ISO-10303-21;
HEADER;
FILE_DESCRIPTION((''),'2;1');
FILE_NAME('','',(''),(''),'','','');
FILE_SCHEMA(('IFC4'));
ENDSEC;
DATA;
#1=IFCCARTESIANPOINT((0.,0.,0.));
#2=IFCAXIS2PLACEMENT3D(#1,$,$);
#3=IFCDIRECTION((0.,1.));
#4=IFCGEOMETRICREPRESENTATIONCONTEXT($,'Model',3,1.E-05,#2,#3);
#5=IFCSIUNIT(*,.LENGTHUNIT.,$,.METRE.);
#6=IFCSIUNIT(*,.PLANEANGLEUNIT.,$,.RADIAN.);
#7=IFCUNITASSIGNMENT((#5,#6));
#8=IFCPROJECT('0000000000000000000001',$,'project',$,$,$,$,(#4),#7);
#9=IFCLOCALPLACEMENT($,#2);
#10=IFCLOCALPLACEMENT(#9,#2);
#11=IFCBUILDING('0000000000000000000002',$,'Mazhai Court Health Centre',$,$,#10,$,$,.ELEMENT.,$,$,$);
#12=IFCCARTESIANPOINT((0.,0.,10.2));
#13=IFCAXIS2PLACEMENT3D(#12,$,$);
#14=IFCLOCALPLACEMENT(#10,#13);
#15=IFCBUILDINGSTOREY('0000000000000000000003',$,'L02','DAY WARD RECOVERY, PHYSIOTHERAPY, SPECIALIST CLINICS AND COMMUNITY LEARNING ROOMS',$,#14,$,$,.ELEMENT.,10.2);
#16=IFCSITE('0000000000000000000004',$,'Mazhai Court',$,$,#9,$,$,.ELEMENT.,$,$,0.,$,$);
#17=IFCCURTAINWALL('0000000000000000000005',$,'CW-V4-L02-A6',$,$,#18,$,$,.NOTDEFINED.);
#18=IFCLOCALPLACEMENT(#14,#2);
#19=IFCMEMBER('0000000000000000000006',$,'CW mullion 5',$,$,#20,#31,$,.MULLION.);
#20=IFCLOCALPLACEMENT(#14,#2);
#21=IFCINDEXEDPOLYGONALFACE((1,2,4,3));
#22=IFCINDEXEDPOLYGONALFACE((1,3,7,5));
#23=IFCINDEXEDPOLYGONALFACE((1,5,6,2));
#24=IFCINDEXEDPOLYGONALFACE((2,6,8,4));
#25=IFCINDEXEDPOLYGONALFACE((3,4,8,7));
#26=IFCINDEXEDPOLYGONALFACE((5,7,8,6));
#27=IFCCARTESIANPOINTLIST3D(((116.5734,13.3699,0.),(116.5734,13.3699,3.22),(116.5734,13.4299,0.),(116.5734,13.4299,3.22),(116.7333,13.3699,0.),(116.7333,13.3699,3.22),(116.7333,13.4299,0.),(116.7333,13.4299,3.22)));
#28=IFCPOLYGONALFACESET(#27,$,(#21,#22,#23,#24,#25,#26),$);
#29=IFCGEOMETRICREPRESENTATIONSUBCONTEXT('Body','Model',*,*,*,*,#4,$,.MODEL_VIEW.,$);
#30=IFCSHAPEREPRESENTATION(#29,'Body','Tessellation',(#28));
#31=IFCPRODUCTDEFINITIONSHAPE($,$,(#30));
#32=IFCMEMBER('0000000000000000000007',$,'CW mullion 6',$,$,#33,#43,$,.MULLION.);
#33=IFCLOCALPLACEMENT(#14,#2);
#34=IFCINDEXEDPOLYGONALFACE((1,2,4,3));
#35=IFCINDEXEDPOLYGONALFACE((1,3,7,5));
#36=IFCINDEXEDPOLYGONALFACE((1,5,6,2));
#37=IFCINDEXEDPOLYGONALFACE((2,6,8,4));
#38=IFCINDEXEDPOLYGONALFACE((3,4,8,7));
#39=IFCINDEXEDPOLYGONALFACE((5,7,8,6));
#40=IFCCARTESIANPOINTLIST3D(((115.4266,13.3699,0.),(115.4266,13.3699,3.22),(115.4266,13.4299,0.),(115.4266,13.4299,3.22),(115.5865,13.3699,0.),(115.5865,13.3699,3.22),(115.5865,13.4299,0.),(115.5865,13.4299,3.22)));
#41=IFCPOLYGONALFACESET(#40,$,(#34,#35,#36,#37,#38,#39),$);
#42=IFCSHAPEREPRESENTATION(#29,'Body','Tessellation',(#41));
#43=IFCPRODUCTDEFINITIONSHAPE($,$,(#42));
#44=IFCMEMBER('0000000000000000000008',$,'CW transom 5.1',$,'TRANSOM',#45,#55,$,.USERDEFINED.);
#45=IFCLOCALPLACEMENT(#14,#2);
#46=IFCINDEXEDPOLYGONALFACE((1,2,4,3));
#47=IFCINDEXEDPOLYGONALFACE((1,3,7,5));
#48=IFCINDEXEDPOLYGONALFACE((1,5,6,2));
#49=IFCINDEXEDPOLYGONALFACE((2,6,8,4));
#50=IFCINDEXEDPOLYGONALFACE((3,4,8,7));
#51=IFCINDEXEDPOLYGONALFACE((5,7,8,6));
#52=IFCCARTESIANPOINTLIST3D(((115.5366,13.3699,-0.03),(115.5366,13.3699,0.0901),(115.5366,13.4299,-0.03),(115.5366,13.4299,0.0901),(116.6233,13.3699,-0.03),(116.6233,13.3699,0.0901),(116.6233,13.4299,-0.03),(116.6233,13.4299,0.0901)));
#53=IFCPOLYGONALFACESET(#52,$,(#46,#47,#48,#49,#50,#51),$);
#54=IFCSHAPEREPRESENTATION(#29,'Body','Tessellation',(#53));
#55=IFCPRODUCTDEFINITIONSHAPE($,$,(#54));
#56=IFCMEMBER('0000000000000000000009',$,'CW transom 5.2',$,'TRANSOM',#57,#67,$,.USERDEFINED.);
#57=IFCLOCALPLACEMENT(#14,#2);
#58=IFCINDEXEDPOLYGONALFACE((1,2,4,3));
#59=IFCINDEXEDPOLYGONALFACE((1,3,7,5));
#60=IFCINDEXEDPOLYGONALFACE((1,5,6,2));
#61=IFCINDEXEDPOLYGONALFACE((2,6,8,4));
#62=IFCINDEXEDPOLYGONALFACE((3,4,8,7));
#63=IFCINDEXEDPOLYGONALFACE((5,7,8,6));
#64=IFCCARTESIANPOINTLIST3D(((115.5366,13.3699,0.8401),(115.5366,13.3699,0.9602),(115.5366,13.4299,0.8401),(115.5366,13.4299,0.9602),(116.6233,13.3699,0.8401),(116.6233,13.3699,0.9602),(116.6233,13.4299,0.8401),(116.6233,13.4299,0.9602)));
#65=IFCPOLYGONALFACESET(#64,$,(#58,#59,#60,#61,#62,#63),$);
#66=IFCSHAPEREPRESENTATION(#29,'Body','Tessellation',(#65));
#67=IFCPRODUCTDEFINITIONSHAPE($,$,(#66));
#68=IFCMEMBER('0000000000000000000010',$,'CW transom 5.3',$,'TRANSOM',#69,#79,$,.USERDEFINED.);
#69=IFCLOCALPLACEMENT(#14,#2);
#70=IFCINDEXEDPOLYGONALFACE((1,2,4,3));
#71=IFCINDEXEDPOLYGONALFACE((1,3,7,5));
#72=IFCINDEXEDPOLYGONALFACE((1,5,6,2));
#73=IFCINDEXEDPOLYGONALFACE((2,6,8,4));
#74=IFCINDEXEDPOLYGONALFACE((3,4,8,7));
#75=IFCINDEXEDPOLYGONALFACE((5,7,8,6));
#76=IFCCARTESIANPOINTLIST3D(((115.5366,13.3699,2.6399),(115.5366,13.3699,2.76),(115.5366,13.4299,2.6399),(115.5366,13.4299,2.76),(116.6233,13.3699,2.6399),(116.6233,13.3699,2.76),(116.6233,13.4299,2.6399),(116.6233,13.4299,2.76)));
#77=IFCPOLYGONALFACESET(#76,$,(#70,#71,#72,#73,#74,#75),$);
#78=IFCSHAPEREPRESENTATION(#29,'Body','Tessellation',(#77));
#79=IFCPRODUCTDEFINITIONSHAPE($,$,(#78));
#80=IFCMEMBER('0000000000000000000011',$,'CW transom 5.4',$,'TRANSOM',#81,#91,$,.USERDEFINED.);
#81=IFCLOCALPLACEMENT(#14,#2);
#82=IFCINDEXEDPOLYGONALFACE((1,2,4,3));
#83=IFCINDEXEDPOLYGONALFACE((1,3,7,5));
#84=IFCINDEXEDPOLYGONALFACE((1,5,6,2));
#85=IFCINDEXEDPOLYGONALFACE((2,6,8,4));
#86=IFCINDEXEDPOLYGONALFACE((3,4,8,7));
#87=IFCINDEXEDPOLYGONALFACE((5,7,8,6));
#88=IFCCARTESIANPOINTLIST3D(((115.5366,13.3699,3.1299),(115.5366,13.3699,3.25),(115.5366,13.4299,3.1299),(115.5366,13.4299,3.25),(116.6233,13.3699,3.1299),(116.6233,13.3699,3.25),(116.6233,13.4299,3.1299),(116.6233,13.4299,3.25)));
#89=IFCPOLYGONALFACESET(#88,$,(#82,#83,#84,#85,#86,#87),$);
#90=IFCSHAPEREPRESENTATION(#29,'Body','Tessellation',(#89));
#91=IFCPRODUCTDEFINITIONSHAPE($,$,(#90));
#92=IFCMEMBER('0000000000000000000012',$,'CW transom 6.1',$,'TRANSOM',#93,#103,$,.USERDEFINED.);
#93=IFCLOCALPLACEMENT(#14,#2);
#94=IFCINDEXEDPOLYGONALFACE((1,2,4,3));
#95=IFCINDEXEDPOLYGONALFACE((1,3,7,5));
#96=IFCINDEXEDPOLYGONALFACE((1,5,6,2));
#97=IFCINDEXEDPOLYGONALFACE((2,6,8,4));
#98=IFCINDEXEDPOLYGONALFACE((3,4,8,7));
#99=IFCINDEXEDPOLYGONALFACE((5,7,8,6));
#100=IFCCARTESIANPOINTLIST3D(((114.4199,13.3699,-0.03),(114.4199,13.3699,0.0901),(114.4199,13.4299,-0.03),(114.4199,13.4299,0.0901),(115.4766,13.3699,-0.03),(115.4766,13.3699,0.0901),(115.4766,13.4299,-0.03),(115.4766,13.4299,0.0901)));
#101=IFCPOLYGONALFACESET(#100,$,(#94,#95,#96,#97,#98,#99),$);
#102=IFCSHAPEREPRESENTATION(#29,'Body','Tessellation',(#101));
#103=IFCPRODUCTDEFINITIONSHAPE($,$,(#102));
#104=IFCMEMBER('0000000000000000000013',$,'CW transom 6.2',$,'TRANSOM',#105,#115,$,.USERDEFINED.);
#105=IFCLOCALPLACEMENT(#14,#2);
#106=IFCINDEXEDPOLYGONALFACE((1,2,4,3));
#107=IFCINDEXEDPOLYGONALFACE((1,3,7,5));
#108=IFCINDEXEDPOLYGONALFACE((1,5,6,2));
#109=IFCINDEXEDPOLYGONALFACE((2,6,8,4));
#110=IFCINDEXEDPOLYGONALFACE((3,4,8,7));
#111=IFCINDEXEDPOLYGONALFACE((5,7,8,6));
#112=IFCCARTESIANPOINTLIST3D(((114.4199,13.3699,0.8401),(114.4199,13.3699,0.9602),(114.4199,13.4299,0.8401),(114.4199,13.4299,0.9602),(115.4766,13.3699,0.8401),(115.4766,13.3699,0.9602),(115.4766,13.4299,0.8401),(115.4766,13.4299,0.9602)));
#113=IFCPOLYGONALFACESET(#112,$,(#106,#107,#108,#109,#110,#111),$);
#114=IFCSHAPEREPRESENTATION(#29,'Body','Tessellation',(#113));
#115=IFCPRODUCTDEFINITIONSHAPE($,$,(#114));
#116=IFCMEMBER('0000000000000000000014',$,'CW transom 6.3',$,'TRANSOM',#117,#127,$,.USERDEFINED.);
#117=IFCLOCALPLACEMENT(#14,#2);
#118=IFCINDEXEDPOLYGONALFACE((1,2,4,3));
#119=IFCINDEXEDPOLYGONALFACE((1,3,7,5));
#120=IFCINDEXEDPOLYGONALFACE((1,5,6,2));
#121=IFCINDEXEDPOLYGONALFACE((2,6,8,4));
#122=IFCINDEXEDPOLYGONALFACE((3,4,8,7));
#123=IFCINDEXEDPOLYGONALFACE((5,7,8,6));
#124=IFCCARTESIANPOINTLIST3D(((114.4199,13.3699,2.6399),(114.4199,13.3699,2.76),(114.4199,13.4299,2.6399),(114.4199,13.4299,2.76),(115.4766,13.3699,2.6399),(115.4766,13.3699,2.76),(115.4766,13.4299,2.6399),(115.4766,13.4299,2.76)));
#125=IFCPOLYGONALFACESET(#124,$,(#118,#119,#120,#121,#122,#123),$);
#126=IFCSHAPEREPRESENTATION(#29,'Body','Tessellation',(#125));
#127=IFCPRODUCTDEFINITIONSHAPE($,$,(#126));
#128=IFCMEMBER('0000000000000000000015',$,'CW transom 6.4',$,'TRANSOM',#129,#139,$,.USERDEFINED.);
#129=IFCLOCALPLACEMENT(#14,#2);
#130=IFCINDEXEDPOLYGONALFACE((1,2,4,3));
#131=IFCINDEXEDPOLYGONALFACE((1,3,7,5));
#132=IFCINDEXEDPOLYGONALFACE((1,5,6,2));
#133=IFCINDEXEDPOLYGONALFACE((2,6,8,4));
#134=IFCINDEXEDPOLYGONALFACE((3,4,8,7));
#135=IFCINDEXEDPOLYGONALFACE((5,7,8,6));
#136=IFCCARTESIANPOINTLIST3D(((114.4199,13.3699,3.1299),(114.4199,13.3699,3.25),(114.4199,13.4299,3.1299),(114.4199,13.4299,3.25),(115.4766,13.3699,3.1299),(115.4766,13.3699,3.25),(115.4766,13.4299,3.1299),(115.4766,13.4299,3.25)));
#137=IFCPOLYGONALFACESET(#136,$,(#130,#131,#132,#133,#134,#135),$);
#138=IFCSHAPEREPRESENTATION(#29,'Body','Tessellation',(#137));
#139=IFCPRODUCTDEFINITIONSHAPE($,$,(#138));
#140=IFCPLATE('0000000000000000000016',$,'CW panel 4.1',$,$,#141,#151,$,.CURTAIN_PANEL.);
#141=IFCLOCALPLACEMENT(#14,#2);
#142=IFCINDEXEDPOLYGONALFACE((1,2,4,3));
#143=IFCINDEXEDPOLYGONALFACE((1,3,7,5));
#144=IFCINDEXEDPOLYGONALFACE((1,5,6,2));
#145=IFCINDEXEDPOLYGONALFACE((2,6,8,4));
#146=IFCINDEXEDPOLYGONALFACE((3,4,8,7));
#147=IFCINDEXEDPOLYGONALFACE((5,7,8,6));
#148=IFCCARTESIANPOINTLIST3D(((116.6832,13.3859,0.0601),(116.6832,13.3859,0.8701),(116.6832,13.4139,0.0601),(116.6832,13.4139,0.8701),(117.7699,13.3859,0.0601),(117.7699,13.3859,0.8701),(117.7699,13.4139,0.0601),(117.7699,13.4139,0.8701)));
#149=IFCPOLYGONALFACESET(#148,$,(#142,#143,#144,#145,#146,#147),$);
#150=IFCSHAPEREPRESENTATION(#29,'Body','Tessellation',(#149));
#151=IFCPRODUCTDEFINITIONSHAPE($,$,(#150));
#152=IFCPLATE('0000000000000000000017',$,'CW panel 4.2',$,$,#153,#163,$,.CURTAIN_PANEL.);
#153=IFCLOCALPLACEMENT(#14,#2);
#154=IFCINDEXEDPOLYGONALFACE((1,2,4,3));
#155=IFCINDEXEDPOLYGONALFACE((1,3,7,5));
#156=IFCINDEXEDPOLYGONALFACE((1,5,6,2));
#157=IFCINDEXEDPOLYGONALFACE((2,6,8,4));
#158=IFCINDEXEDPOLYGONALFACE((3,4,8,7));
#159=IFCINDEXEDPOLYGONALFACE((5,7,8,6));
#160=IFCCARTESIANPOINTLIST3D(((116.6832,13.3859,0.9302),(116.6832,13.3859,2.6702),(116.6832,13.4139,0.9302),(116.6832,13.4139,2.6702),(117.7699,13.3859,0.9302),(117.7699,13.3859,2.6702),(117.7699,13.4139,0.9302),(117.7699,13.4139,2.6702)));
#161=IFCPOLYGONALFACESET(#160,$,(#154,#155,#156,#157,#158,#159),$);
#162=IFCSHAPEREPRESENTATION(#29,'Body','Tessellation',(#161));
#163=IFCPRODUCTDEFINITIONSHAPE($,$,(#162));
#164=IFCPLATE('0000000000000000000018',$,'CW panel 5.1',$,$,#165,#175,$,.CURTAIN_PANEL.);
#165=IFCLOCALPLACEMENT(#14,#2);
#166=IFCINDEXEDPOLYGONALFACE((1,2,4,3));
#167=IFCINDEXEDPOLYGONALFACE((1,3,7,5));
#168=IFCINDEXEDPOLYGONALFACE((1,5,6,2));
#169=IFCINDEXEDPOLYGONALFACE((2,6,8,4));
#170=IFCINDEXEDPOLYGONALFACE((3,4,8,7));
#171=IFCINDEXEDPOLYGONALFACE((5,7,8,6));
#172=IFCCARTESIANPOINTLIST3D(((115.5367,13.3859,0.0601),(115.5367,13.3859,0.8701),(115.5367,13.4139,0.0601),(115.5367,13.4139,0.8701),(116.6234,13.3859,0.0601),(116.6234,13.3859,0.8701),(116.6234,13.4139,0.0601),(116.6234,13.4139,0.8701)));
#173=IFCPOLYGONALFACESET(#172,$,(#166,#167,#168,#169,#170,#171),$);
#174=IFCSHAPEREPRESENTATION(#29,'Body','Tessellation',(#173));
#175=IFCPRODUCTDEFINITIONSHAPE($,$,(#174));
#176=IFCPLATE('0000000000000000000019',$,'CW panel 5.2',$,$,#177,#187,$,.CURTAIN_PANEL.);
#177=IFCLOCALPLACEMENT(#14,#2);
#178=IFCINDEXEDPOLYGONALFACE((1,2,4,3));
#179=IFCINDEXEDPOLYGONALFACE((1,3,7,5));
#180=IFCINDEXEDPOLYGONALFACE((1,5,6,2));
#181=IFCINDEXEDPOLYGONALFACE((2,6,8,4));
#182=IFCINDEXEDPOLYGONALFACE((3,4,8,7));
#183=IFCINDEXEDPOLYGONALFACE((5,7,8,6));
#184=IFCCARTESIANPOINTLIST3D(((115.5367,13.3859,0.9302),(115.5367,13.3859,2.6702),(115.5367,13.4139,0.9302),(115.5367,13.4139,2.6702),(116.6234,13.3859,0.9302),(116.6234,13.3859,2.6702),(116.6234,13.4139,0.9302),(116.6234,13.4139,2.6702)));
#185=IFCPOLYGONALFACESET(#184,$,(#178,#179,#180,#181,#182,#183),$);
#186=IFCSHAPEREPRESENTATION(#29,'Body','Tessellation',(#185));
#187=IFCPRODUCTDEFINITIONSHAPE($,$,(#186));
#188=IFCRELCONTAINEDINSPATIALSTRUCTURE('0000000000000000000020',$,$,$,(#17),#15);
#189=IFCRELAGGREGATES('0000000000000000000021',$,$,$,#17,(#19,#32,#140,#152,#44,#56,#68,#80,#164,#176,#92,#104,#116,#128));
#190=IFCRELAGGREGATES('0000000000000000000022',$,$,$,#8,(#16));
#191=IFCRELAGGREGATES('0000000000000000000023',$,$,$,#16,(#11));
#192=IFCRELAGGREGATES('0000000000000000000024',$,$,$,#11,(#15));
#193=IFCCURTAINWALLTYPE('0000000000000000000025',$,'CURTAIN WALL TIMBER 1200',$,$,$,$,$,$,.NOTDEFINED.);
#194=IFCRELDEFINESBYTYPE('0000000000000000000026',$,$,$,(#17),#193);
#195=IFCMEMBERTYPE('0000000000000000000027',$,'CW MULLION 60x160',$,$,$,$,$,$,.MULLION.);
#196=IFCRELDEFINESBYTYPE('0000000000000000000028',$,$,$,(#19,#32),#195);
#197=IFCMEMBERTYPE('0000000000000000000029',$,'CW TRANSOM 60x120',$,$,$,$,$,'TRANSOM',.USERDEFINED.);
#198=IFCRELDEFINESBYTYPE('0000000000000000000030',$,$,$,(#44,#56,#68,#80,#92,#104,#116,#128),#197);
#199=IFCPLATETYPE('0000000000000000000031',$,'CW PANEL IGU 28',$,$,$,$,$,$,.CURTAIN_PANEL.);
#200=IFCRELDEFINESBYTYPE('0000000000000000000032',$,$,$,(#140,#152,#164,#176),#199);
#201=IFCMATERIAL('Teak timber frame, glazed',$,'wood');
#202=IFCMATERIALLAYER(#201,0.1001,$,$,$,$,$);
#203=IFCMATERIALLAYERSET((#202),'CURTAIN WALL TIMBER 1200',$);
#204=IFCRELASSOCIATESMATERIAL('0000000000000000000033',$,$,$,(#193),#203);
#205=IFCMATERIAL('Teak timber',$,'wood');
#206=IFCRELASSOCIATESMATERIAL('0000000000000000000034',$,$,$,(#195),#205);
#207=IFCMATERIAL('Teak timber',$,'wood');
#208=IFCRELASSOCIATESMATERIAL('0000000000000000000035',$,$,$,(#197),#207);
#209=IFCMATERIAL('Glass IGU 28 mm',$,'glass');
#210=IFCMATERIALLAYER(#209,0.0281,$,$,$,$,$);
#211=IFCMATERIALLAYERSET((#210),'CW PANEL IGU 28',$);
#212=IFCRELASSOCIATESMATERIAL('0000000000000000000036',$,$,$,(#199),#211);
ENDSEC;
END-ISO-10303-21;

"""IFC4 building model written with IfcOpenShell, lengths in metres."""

from ifc_helpers import new_model, si_unit, direction, frame, origin, origin_2d, place, context, subcontext, project, spatial, rectangle, extrude, material, layer, layer_set, material_profile, profile_set, type_object, element, aggregate, save


model = new_model("IFC4")

# Units and contexts
model_context = context("Model", 3, precision=1e-05, world=origin(), true_north=direction((0.0, 1.0)))
body_context = subcontext(model_context, "Body", "Model", "MODEL_VIEW")
ifc_project = project(units=[si_unit("LENGTHUNIT", "METRE"), si_unit("PLANEANGLEUNIT", "RADIAN")], contexts=[model_context])

# Site, building, storey
site_placement = place(None, origin())
site = spatial("IfcSite", under=ifc_project, at=site_placement, Name="Mazhai Court", CompositionType="ELEMENT", RefElevation=0.0)
building_placement = place(site_placement, origin())
building = spatial("IfcBuilding", under=site, at=building_placement, Name="Mazhai Court Health Centre", CompositionType="ELEMENT")
storey_placement = place(building_placement, frame((0.0, 0.0, 10.2)))
storey = spatial("IfcBuildingStorey", under=building, at=storey_placement, Name="L02", Description="DAY WARD RECOVERY, PHYSIOTHERAPY, SPECIALIST CLINICS AND COMMUNITY LEARNING ROOMS", CompositionType="ELEMENT", Elevation=10.2)

# Curtain wall, members, plates
ifc_material_1 = material(Name="Teak timber frame, glazed", Category="wood")
ifc_layer_1 = layer(ifc_material_1, 0.1001)
ifc_layer_set_1 = layer_set([ifc_layer_1], Name="CURTAIN WALL TIMBER 1200")
curtain_wall_type = type_object("IfcCurtainWallType", Name="CURTAIN WALL TIMBER 1200", PredefinedType="NOTDEFINED", material=ifc_layer_set_1)
curtain_wall_placement = place(storey_placement, origin())
curtain_wall = element("IfcCurtainWall", 1, at=curtain_wall_placement, inside=storey, type_object=curtain_wall_type, Name="CW-V4-L02-A6", PredefinedType="NOTDEFINED")
ifc_material_2 = material(Name="Teak timber", Category="wood")
ifc_material_profile_1 = material_profile(ifc_material_2, rectangle(XDim=0.0601, YDim=0.1599, at=origin_2d()), Name="CW MULLION 60x160")
ifc_profile_set_1 = profile_set([ifc_material_profile_1], Name="Teak timber")
member_type_1 = type_object("IfcMemberType", Name="CW MULLION 60x160", PredefinedType="MULLION", material=ifc_profile_set_1)
member_1_placement = place(storey_placement, frame((116.6533, 13.3999, 0.0), z_axis=(0.0, 0.0, 1.0), x_axis=(0.0, -1.0, 0.0)))
member_1 = element("IfcMember", 2, at=member_1_placement, type_object=member_type_1, Name="CW mullion 5", PredefinedType="MULLION", context=body_context, shape_type="SweptSolid", body=[
    extrude(rectangle(XDim=0.0601, YDim=0.1599, at=origin_2d()), origin(), (0.0, 0.0, 1.0), 3.22),
])
member_2_placement = place(storey_placement, frame((115.5066, 13.3999, 0.0), z_axis=(0.0, 0.0, 1.0), x_axis=(0.0, -1.0, 0.0)))
member_2 = element("IfcMember", 3, at=member_2_placement, type_object=member_type_1, Name="CW mullion 6", PredefinedType="MULLION", context=body_context, shape_type="SweptSolid", body=[
    extrude(rectangle(XDim=0.0601, YDim=0.1599, at=origin_2d()), origin(), (0.0, 0.0, 1.0), 3.22),
])
ifc_material_3 = material(Name="Teak timber", Category="wood")
ifc_material_profile_2 = material_profile(ifc_material_3, rectangle(XDim=0.0601, YDim=0.1201, at=origin_2d()), Name="CW TRANSOM 60x120")
ifc_profile_set_2 = profile_set([ifc_material_profile_2], Name="Teak timber")
member_type_2 = type_object("IfcMemberType", Name="CW TRANSOM 60x120", ElementType="TRANSOM", PredefinedType="USERDEFINED", material=ifc_profile_set_2)
member_3_placement = place(storey_placement, frame((116.6233, 13.3999, 0.03), z_axis=(-1.0, 0.0, 0.0), x_axis=(0.0, -1.0, 0.0)))
member_3 = element("IfcMember", 4, at=member_3_placement, type_object=member_type_2, Name="CW transom 5.1", ObjectType="TRANSOM", PredefinedType="USERDEFINED", context=body_context, shape_type="SweptSolid", body=[
    extrude(rectangle(XDim=0.0601, YDim=0.1201, at=origin_2d()), origin(), (0.0, 0.0, 1.0), 1.0867),
])
member_4_placement = place(storey_placement, frame((116.6233, 13.3999, 0.9001), z_axis=(-1.0, 0.0, 0.0), x_axis=(0.0, -1.0, 0.0)))
member_4 = element("IfcMember", 5, at=member_4_placement, type_object=member_type_2, Name="CW transom 5.2", ObjectType="TRANSOM", PredefinedType="USERDEFINED", context=body_context, shape_type="SweptSolid", body=[
    extrude(rectangle(XDim=0.0601, YDim=0.1201, at=origin_2d()), origin(), (0.0, 0.0, 1.0), 1.0867),
])
member_5_placement = place(storey_placement, frame((116.6233, 13.3999, 2.7), z_axis=(-1.0, 0.0, 0.0), x_axis=(0.0, -1.0, 0.0)))
member_5 = element("IfcMember", 6, at=member_5_placement, type_object=member_type_2, Name="CW transom 5.3", ObjectType="TRANSOM", PredefinedType="USERDEFINED", context=body_context, shape_type="SweptSolid", body=[
    extrude(rectangle(XDim=0.0601, YDim=0.1201, at=origin_2d()), origin(), (0.0, 0.0, 1.0), 1.0867),
])
member_6_placement = place(storey_placement, frame((116.6233, 13.3999, 3.1899), z_axis=(-1.0, 0.0, 0.0), x_axis=(0.0, -1.0, 0.0)))
member_6 = element("IfcMember", 7, at=member_6_placement, type_object=member_type_2, Name="CW transom 5.4", ObjectType="TRANSOM", PredefinedType="USERDEFINED", context=body_context, shape_type="SweptSolid", body=[
    extrude(rectangle(XDim=0.0601, YDim=0.1201, at=origin_2d()), origin(), (0.0, 0.0, 1.0), 1.0867),
])
member_7_placement = place(storey_placement, frame((115.4766, 13.3999, 0.03), z_axis=(-1.0, 0.0, 0.0), x_axis=(0.0, -1.0, 0.0)))
member_7 = element("IfcMember", 8, at=member_7_placement, type_object=member_type_2, Name="CW transom 6.1", ObjectType="TRANSOM", PredefinedType="USERDEFINED", context=body_context, shape_type="SweptSolid", body=[
    extrude(rectangle(XDim=0.0601, YDim=0.1201, at=origin_2d()), origin(), (0.0, 0.0, 1.0), 1.0566),
])
member_8_placement = place(storey_placement, frame((115.4766, 13.3999, 0.9001), z_axis=(-1.0, 0.0, 0.0), x_axis=(0.0, -1.0, 0.0)))
member_8 = element("IfcMember", 9, at=member_8_placement, type_object=member_type_2, Name="CW transom 6.2", ObjectType="TRANSOM", PredefinedType="USERDEFINED", context=body_context, shape_type="SweptSolid", body=[
    extrude(rectangle(XDim=0.0601, YDim=0.1201, at=origin_2d()), origin(), (0.0, 0.0, 1.0), 1.0566),
])
member_9_placement = place(storey_placement, frame((115.4766, 13.3999, 2.7), z_axis=(-1.0, 0.0, 0.0), x_axis=(0.0, -1.0, 0.0)))
member_9 = element("IfcMember", 10, at=member_9_placement, type_object=member_type_2, Name="CW transom 6.3", ObjectType="TRANSOM", PredefinedType="USERDEFINED", context=body_context, shape_type="SweptSolid", body=[
    extrude(rectangle(XDim=0.0601, YDim=0.1201, at=origin_2d()), origin(), (0.0, 0.0, 1.0), 1.0566),
])
member_10_placement = place(storey_placement, frame((115.4766, 13.3999, 3.1899), z_axis=(-1.0, 0.0, 0.0), x_axis=(0.0, -1.0, 0.0)))
member_10 = element("IfcMember", 11, at=member_10_placement, type_object=member_type_2, Name="CW transom 6.4", ObjectType="TRANSOM", PredefinedType="USERDEFINED", context=body_context, shape_type="SweptSolid", body=[
    extrude(rectangle(XDim=0.0601, YDim=0.1201, at=origin_2d()), origin(), (0.0, 0.0, 1.0), 1.0566),
])
ifc_material_4 = material(Name="Glass IGU 28 mm", Category="glass")
ifc_layer_2 = layer(ifc_material_4, 0.0281)
ifc_layer_set_2 = layer_set([ifc_layer_2], Name="CW PANEL IGU 28")
plate_type = type_object("IfcPlateType", Name="CW PANEL IGU 28", PredefinedType="CURTAIN_PANEL", material=ifc_layer_set_2)
plate_1_placement = place(storey_placement, frame((117.2266, 13.3999, 0.0601), z_axis=(0.0, 0.0, 1.0), x_axis=(-1.0, 0.0, 0.0)))
plate_1 = element("IfcPlate", 12, at=plate_1_placement, type_object=plate_type, Name="CW panel 4.1", PredefinedType="CURTAIN_PANEL", context=body_context, shape_type="SweptSolid", body=[
    extrude(rectangle(XDim=1.0867, YDim=0.0281, at=origin_2d()), origin(), (0.0, 0.0, 1.0), 0.8101),
])
plate_2_placement = place(storey_placement, frame((117.2266, 13.3999, 0.9302), z_axis=(0.0, 0.0, 1.0), x_axis=(-1.0, 0.0, 0.0)))
plate_2 = element("IfcPlate", 13, at=plate_2_placement, type_object=plate_type, Name="CW panel 4.2", PredefinedType="CURTAIN_PANEL", context=body_context, shape_type="SweptSolid", body=[
    extrude(rectangle(XDim=1.0867, YDim=0.0281, at=origin_2d()), origin(), (0.0, 0.0, 1.0), 1.74),
])
plate_3_placement = place(storey_placement, frame((116.0801, 13.3999, 0.0601), z_axis=(0.0, 0.0, 1.0), x_axis=(-1.0, 0.0, 0.0)))
plate_3 = element("IfcPlate", 14, at=plate_3_placement, type_object=plate_type, Name="CW panel 5.1", PredefinedType="CURTAIN_PANEL", context=body_context, shape_type="SweptSolid", body=[
    extrude(rectangle(XDim=1.0867, YDim=0.0281, at=origin_2d()), origin(), (0.0, 0.0, 1.0), 0.8101),
])
plate_4_placement = place(storey_placement, frame((116.0801, 13.3999, 0.9302), z_axis=(0.0, 0.0, 1.0), x_axis=(-1.0, 0.0, 0.0)))
plate_4 = element("IfcPlate", 15, at=plate_4_placement, type_object=plate_type, Name="CW panel 5.2", PredefinedType="CURTAIN_PANEL", context=body_context, shape_type="SweptSolid", body=[
    extrude(rectangle(XDim=1.0867, YDim=0.0281, at=origin_2d()), origin(), (0.0, 0.0, 1.0), 1.74),
])
aggregate(curtain_wall, [member_1, member_2, plate_1, plate_2, member_3, member_4, member_5, member_6, plate_3, plate_4, member_7, member_8, member_9, member_10])

save(model, "model.ifc")
